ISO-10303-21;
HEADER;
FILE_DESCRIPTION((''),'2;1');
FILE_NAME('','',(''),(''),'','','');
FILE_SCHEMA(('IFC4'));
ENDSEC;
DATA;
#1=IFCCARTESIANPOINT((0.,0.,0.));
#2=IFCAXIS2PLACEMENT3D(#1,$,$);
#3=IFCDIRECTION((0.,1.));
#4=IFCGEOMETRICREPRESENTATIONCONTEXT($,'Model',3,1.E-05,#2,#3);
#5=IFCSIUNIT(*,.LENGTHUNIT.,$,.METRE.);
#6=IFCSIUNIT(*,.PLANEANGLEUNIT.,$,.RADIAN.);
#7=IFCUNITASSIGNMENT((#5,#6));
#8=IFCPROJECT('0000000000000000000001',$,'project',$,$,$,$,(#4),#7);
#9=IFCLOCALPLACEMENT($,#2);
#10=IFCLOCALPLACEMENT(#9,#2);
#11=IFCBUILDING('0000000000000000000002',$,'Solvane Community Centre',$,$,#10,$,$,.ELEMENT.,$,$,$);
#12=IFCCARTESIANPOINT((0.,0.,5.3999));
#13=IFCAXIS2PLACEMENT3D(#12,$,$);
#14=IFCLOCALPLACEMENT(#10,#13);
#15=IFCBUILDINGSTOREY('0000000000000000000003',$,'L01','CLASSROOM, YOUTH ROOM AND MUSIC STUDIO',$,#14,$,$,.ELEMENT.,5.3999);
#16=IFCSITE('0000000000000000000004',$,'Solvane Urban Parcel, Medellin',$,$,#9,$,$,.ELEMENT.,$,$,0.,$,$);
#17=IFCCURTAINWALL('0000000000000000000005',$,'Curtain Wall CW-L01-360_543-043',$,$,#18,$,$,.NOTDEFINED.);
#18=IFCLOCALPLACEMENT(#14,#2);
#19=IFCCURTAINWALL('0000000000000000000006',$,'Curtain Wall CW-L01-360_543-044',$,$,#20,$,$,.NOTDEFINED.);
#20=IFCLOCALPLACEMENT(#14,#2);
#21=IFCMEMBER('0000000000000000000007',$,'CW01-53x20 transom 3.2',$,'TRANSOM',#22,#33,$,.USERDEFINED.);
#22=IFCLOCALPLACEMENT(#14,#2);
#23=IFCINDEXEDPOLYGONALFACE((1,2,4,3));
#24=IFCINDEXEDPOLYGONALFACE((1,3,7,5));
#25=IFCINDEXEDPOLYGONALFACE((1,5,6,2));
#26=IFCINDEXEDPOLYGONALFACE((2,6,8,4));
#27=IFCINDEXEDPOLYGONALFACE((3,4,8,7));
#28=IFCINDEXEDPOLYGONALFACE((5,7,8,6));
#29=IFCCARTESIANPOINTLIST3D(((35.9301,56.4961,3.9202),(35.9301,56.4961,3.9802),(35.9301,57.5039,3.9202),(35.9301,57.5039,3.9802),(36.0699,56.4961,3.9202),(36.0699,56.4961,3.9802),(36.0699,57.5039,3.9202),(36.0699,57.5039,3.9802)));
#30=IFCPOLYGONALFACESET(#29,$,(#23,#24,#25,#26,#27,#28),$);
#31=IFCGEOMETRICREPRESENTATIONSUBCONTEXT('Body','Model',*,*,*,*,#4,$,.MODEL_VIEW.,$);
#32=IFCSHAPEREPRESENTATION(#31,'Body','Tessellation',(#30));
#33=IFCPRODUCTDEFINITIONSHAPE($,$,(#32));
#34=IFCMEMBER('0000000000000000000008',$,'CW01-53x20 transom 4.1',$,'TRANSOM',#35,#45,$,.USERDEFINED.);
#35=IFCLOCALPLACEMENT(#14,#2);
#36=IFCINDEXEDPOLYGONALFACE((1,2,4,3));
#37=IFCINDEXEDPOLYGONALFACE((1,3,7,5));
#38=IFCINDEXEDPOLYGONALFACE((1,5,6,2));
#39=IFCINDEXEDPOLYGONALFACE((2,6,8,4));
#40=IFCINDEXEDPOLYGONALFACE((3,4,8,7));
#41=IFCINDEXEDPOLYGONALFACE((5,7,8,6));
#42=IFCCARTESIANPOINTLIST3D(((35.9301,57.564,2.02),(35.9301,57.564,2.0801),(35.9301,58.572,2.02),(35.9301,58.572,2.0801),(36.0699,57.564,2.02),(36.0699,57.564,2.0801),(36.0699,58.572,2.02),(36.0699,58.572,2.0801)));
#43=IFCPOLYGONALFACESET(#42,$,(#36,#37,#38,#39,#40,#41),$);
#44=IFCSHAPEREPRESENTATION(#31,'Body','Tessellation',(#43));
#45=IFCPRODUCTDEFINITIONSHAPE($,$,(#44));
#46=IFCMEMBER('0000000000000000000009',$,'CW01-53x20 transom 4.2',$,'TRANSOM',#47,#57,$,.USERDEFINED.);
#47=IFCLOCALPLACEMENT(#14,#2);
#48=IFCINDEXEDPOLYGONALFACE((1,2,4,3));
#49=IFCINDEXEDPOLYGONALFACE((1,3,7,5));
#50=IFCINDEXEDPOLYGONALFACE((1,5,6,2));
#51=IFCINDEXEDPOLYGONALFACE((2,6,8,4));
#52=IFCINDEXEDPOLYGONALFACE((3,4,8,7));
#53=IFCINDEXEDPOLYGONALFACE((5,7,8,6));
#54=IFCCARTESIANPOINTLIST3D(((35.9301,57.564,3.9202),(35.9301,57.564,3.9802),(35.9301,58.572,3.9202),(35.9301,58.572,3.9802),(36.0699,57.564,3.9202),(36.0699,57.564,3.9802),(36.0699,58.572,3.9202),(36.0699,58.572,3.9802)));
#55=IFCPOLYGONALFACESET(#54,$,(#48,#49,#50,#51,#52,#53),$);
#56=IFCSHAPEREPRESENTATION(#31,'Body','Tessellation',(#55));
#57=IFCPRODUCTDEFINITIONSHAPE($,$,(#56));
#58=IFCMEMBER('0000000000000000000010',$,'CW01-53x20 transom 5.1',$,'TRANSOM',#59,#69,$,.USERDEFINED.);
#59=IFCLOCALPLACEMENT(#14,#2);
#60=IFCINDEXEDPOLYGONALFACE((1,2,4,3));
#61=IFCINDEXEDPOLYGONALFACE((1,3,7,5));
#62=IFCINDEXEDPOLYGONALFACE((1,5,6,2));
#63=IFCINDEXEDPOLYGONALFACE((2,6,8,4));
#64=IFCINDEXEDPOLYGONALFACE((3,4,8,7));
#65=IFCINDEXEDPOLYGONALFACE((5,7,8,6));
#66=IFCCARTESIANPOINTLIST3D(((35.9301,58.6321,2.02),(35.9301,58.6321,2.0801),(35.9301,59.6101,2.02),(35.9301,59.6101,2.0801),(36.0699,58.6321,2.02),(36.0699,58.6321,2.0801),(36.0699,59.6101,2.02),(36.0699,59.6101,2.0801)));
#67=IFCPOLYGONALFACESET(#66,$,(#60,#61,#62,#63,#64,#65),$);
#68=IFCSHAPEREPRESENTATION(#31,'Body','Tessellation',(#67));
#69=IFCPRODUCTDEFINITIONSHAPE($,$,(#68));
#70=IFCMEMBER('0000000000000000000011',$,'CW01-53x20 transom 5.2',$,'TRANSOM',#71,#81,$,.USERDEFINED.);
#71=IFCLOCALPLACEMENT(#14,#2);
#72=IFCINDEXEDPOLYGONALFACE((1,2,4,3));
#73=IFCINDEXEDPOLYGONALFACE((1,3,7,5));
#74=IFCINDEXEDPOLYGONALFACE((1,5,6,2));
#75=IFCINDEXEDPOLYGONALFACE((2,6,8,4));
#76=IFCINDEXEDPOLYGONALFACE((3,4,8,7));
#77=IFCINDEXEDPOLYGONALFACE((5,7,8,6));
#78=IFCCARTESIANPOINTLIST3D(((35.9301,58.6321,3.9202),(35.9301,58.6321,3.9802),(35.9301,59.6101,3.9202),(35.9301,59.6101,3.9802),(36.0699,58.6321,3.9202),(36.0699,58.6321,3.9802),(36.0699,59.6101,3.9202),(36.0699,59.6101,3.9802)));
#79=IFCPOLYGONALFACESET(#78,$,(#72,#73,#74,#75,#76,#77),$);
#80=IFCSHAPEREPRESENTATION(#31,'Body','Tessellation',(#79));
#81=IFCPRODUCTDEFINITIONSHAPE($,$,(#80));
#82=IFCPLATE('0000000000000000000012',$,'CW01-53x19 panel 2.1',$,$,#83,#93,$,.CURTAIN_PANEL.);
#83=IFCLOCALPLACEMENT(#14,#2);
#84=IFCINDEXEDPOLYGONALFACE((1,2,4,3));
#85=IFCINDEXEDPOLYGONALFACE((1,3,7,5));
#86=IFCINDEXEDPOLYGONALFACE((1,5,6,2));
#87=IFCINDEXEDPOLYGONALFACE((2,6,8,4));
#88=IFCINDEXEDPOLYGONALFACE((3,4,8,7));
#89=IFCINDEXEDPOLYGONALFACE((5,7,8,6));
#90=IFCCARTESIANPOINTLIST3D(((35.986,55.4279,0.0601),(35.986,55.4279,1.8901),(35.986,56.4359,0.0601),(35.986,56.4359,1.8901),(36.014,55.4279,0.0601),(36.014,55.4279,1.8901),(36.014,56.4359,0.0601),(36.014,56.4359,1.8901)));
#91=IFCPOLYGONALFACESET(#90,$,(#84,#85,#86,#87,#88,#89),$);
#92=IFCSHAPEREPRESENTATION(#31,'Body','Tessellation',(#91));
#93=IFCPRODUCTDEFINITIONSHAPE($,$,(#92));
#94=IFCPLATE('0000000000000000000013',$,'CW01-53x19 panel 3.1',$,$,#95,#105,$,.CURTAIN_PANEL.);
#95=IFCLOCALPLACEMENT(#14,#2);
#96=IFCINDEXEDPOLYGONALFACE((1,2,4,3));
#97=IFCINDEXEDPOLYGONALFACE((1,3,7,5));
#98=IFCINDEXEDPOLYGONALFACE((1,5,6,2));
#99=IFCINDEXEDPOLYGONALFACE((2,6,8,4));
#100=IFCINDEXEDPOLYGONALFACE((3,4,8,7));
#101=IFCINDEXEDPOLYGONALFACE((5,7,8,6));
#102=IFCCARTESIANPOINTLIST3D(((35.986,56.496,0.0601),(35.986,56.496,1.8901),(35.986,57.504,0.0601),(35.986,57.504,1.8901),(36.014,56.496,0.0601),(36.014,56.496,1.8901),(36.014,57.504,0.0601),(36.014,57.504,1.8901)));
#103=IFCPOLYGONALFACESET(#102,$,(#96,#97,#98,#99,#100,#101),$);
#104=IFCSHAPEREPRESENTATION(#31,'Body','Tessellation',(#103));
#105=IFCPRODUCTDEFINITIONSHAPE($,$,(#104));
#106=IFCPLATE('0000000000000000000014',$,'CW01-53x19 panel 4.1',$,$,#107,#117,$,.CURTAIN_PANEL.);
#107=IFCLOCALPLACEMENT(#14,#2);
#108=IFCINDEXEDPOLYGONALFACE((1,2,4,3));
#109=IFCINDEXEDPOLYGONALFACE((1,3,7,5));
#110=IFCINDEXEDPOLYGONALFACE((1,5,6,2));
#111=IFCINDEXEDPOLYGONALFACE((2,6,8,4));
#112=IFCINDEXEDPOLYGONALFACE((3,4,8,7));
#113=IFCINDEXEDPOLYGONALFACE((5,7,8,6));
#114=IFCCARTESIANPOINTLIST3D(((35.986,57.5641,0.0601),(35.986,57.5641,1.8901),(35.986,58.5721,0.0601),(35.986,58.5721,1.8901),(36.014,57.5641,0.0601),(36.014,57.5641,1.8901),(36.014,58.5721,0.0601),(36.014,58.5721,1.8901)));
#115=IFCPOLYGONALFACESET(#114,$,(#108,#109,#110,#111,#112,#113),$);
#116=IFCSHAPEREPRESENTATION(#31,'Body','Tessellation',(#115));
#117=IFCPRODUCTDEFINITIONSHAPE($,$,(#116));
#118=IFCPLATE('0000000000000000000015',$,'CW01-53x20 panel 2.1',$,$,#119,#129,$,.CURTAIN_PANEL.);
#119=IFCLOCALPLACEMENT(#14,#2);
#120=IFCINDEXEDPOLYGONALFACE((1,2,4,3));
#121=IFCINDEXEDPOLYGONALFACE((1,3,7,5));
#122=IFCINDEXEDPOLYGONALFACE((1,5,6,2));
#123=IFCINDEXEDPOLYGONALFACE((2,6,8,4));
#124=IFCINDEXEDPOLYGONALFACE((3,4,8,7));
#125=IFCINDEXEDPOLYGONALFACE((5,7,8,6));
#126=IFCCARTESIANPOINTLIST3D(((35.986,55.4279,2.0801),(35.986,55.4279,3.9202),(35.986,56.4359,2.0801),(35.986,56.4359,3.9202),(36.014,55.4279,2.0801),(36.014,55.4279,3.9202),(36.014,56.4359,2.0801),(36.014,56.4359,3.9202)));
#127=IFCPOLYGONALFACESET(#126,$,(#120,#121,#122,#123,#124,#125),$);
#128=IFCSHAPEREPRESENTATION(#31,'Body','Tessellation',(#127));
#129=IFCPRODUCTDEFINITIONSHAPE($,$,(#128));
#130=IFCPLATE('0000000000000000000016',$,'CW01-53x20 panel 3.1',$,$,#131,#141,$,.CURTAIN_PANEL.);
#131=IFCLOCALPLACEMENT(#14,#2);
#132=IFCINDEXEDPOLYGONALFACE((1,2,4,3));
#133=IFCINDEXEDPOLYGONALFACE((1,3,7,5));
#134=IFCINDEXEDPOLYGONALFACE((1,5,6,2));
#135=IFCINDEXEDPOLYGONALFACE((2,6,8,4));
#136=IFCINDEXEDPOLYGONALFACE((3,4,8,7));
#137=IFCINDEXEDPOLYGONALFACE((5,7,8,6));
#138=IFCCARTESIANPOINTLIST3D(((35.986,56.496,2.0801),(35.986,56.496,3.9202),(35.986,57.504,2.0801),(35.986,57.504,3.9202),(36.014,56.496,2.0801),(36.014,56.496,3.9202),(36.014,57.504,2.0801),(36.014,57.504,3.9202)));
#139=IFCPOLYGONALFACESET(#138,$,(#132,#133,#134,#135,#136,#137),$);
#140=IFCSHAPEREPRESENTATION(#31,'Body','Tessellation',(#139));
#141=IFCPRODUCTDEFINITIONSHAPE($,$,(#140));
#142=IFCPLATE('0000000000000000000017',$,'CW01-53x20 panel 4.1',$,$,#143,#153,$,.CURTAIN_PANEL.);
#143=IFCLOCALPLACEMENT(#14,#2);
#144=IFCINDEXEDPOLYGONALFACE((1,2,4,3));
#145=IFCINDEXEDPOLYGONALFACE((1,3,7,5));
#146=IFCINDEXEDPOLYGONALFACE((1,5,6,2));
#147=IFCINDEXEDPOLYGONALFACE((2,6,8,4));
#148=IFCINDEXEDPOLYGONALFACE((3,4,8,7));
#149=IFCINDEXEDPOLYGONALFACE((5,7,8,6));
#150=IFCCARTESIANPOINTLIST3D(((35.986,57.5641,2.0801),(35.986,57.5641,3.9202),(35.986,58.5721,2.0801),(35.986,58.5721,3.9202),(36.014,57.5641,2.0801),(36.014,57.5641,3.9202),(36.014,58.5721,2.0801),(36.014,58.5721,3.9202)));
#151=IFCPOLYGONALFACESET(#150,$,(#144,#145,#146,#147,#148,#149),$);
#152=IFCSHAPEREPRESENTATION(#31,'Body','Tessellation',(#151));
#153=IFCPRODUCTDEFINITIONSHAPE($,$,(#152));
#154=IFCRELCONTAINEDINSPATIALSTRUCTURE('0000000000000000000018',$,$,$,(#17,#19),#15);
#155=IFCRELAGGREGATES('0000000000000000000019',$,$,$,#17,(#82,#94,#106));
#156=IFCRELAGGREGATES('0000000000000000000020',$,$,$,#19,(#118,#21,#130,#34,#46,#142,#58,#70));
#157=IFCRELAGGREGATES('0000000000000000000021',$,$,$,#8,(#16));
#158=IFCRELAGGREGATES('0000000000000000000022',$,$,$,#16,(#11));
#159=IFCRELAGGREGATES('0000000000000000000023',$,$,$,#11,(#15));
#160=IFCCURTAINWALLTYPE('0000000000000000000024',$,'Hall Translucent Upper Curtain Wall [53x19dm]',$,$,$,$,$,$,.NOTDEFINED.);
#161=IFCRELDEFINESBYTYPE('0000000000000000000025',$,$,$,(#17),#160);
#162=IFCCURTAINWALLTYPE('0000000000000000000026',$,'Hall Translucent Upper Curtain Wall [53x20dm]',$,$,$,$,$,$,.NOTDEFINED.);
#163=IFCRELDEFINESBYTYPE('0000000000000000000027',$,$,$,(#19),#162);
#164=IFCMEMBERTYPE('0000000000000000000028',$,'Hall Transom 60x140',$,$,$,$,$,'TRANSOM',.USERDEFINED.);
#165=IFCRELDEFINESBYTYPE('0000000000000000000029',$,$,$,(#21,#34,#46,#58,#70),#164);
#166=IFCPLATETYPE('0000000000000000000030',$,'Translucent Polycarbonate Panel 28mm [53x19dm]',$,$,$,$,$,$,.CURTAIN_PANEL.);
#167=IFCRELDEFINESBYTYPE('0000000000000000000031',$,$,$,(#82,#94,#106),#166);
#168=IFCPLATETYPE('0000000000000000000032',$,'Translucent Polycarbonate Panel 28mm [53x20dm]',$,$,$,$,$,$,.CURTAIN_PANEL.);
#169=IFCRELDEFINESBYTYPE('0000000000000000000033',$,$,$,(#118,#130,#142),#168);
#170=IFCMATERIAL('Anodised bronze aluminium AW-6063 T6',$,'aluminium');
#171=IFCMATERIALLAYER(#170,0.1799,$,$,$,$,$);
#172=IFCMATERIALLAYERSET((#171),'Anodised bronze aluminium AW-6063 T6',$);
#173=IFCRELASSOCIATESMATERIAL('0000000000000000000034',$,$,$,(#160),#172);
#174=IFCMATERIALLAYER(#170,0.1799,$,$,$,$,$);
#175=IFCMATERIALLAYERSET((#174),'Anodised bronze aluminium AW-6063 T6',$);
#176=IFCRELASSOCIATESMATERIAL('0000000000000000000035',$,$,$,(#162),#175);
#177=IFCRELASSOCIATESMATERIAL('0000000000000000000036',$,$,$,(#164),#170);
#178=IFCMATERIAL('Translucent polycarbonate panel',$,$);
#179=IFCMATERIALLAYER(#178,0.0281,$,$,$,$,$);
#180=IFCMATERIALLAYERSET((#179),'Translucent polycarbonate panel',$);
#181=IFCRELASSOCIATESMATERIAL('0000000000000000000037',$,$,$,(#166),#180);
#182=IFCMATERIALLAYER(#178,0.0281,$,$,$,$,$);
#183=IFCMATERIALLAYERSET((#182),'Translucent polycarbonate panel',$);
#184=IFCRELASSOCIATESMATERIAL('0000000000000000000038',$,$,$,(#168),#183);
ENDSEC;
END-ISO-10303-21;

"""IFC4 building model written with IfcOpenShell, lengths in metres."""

from ifc_helpers import new_model, si_unit, direction, frame, origin, origin_2d, place, context, subcontext, project, spatial, rectangle, extrude, material, layer, layer_set, material_profile, profile_set, type_object, element, aggregate, save


model = new_model("IFC4")

# Units and contexts
model_context = context("Model", 3, precision=1e-05, world=origin(), true_north=direction((0.0, 1.0)))
body_context = subcontext(model_context, "Body", "Model", "MODEL_VIEW")
ifc_project = project(units=[si_unit("LENGTHUNIT", "METRE"), si_unit("PLANEANGLEUNIT", "RADIAN")], contexts=[model_context])

# Site, building, storey
site_placement = place(None, origin())
site = spatial("IfcSite", under=ifc_project, at=site_placement, Name="Solvane Urban Parcel, Medellin", CompositionType="ELEMENT", RefElevation=0.0)
building_placement = place(site_placement, origin())
building = spatial("IfcBuilding", under=site, at=building_placement, Name="Solvane Community Centre", CompositionType="ELEMENT")
storey_placement = place(building_placement, frame((0.0, 0.0, 5.3999)))
storey = spatial("IfcBuildingStorey", under=building, at=storey_placement, Name="L01", Description="CLASSROOM, YOUTH ROOM AND MUSIC STUDIO", CompositionType="ELEMENT", Elevation=5.3999)

# Curtain walls
ifc_material_1 = material(Name="Anodised bronze aluminium AW-6063 T6", Category="aluminium")
ifc_layer_1 = layer(ifc_material_1, 0.1799)
ifc_layer_set_1 = layer_set([ifc_layer_1], Name="Anodised bronze aluminium AW-6063 T6")
curtain_wall_type_1 = type_object("IfcCurtainWallType", Name="Hall Translucent Upper Curtain Wall [53x19dm]", PredefinedType="NOTDEFINED", material=ifc_layer_set_1)
curtain_wall_1_placement = place(storey_placement, origin())
curtain_wall_1 = element("IfcCurtainWall", 1, at=curtain_wall_1_placement, inside=storey, type_object=curtain_wall_type_1, Name="Curtain Wall CW-L01-360_543-043", PredefinedType="NOTDEFINED")
ifc_layer_2 = layer(ifc_material_1, 0.1799)
ifc_layer_set_2 = layer_set([ifc_layer_2], Name="Anodised bronze aluminium AW-6063 T6")
curtain_wall_type_2 = type_object("IfcCurtainWallType", Name="Hall Translucent Upper Curtain Wall [53x20dm]", PredefinedType="NOTDEFINED", material=ifc_layer_set_2)
curtain_wall_2_placement = place(storey_placement, origin())
curtain_wall_2 = element("IfcCurtainWall", 2, at=curtain_wall_2_placement, inside=storey, type_object=curtain_wall_type_2, Name="Curtain Wall CW-L01-360_543-044", PredefinedType="NOTDEFINED")

# Members
ifc_material_profile_1 = material_profile(ifc_material_1, rectangle(XDim=0.1399, YDim=0.0601, at=origin_2d()), Name="CW-T 60x140")
ifc_profile_set_1 = profile_set([ifc_material_profile_1], Name="Anodised bronze aluminium AW-6063 T6")
member_type_1 = type_object("IfcMemberType", Name="Hall Transom 60x140", ElementType="TRANSOM", PredefinedType="USERDEFINED", material=ifc_profile_set_1)
member_1_placement = place(storey_placement, frame((36.0, 56.4961, 3.9502), z_axis=(0.0, 1.0, 0.0), x_axis=(-1.0, 0.0, 0.0)))
member_1 = element("IfcMember", 3, at=member_1_placement, type_object=member_type_1, Name="CW01-53x20 transom 3.2", ObjectType="TRANSOM", PredefinedType="USERDEFINED", context=body_context, shape_type="SweptSolid", body=[
    extrude(rectangle(XDim=0.1399, YDim=0.0601, at=origin_2d()), origin(), (0.0, 0.0, 1.0), 1.0078),
])
member_2_placement = place(storey_placement, frame((36.0, 57.564, 2.05), z_axis=(0.0, 1.0, 0.0), x_axis=(-1.0, 0.0, 0.0)))
member_2 = element("IfcMember", 4, at=member_2_placement, type_object=member_type_1, Name="CW01-53x20 transom 4.1", ObjectType="TRANSOM", PredefinedType="USERDEFINED", context=body_context, shape_type="SweptSolid", body=[
    extrude(rectangle(XDim=0.1399, YDim=0.0601, at=origin_2d()), origin(), (0.0, 0.0, 1.0), 1.0081),
])
member_3_placement = place(storey_placement, frame((36.0, 57.564, 3.9502), z_axis=(0.0, 1.0, 0.0), x_axis=(-1.0, 0.0, 0.0)))
member_3 = element("IfcMember", 5, at=member_3_placement, type_object=member_type_1, Name="CW01-53x20 transom 4.2", ObjectType="TRANSOM", PredefinedType="USERDEFINED", context=body_context, shape_type="SweptSolid", body=[
    extrude(rectangle(XDim=0.1399, YDim=0.0601, at=origin_2d()), origin(), (0.0, 0.0, 1.0), 1.0081),
])
member_4_placement = place(storey_placement, frame((36.0, 58.6321, 2.05), z_axis=(0.0, 1.0, 0.0), x_axis=(-1.0, 0.0, 0.0)))
member_4 = element("IfcMember", 6, at=member_4_placement, type_object=member_type_1, Name="CW01-53x20 transom 5.1", ObjectType="TRANSOM", PredefinedType="USERDEFINED", context=body_context, shape_type="SweptSolid", body=[
    extrude(rectangle(XDim=0.1399, YDim=0.0601, at=origin_2d()), origin(), (0.0, 0.0, 1.0), 0.978),
])
member_5_placement = place(storey_placement, frame((36.0, 58.6321, 3.9502), z_axis=(0.0, 1.0, 0.0), x_axis=(-1.0, 0.0, 0.0)))
member_5 = element("IfcMember", 7, at=member_5_placement, type_object=member_type_1, Name="CW01-53x20 transom 5.2", ObjectType="TRANSOM", PredefinedType="USERDEFINED", context=body_context, shape_type="SweptSolid", body=[
    extrude(rectangle(XDim=0.1399, YDim=0.0601, at=origin_2d()), origin(), (0.0, 0.0, 1.0), 0.978),
])

# Plates
ifc_material_2 = material(Name="Translucent polycarbonate panel")
ifc_layer_3 = layer(ifc_material_2, 0.0281)
ifc_layer_set_3 = layer_set([ifc_layer_3], Name="Translucent polycarbonate panel")
plate_type_1 = type_object("IfcPlateType", Name="Translucent Polycarbonate Panel 28mm [53x19dm]", PredefinedType="CURTAIN_PANEL", material=ifc_layer_set_3)
plate_1_placement = place(storey_placement, frame((36.0, 55.9319, 0.0601), z_axis=(0.0, 0.0, 1.0), x_axis=(0.0, 1.0, 0.0)))
plate_1 = element("IfcPlate", 8, at=plate_1_placement, type_object=plate_type_1, Name="CW01-53x19 panel 2.1", PredefinedType="CURTAIN_PANEL", context=body_context, shape_type="SweptSolid", body=[
    extrude(rectangle(XDim=1.0081, YDim=0.0281, at=origin_2d()), origin(), (0.0, 0.0, 1.0), 1.8301),
])
plate_2_placement = place(storey_placement, frame((36.0, 57.0, 0.0601), z_axis=(0.0, 0.0, 1.0), x_axis=(0.0, 1.0, 0.0)))
plate_2 = element("IfcPlate", 9, at=plate_2_placement, type_object=plate_type_1, Name="CW01-53x19 panel 3.1", PredefinedType="CURTAIN_PANEL", context=body_context, shape_type="SweptSolid", body=[
    extrude(rectangle(XDim=1.0081, YDim=0.0281, at=origin_2d()), origin(), (0.0, 0.0, 1.0), 1.8301),
])
plate_3_placement = place(storey_placement, frame((36.0, 58.0681, 0.0601), z_axis=(0.0, 0.0, 1.0), x_axis=(0.0, 1.0, 0.0)))
plate_3 = element("IfcPlate", 10, at=plate_3_placement, type_object=plate_type_1, Name="CW01-53x19 panel 4.1", PredefinedType="CURTAIN_PANEL", context=body_context, shape_type="SweptSolid", body=[
    extrude(rectangle(XDim=1.0081, YDim=0.0281, at=origin_2d()), origin(), (0.0, 0.0, 1.0), 1.8301),
])
aggregate(curtain_wall_1, [plate_1, plate_2, plate_3])
ifc_layer_4 = layer(ifc_material_2, 0.0281)
ifc_layer_set_4 = layer_set([ifc_layer_4], Name="Translucent polycarbonate panel")
plate_type_2 = type_object("IfcPlateType", Name="Translucent Polycarbonate Panel 28mm [53x20dm]", PredefinedType="CURTAIN_PANEL", material=ifc_layer_set_4)
plate_4_placement = place(storey_placement, frame((36.0, 55.9319, 2.0801), z_axis=(0.0, 0.0, 1.0), x_axis=(0.0, 1.0, 0.0)))
plate_4 = element("IfcPlate", 11, at=plate_4_placement, type_object=plate_type_2, Name="CW01-53x20 panel 2.1", PredefinedType="CURTAIN_PANEL", context=body_context, shape_type="SweptSolid", body=[
    extrude(rectangle(XDim=1.0081, YDim=0.0281, at=origin_2d()), origin(), (0.0, 0.0, 1.0), 1.8401),
])
plate_5_placement = place(storey_placement, frame((36.0, 57.0, 2.0801), z_axis=(0.0, 0.0, 1.0), x_axis=(0.0, 1.0, 0.0)))
plate_5 = element("IfcPlate", 12, at=plate_5_placement, type_object=plate_type_2, Name="CW01-53x20 panel 3.1", PredefinedType="CURTAIN_PANEL", context=body_context, shape_type="SweptSolid", body=[
    extrude(rectangle(XDim=1.0081, YDim=0.0281, at=origin_2d()), origin(), (0.0, 0.0, 1.0), 1.8401),
])
plate_6_placement = place(storey_placement, frame((36.0, 58.0681, 2.0801), z_axis=(0.0, 0.0, 1.0), x_axis=(0.0, 1.0, 0.0)))
plate_6 = element("IfcPlate", 13, at=plate_6_placement, type_object=plate_type_2, Name="CW01-53x20 panel 4.1", PredefinedType="CURTAIN_PANEL", context=body_context, shape_type="SweptSolid", body=[
    extrude(rectangle(XDim=1.0081, YDim=0.0281, at=origin_2d()), origin(), (0.0, 0.0, 1.0), 1.8401),
])
aggregate(curtain_wall_2, [plate_4, member_1, plate_5, member_2, member_3, plate_6, member_4, member_5])

save(model, "model.ifc")
